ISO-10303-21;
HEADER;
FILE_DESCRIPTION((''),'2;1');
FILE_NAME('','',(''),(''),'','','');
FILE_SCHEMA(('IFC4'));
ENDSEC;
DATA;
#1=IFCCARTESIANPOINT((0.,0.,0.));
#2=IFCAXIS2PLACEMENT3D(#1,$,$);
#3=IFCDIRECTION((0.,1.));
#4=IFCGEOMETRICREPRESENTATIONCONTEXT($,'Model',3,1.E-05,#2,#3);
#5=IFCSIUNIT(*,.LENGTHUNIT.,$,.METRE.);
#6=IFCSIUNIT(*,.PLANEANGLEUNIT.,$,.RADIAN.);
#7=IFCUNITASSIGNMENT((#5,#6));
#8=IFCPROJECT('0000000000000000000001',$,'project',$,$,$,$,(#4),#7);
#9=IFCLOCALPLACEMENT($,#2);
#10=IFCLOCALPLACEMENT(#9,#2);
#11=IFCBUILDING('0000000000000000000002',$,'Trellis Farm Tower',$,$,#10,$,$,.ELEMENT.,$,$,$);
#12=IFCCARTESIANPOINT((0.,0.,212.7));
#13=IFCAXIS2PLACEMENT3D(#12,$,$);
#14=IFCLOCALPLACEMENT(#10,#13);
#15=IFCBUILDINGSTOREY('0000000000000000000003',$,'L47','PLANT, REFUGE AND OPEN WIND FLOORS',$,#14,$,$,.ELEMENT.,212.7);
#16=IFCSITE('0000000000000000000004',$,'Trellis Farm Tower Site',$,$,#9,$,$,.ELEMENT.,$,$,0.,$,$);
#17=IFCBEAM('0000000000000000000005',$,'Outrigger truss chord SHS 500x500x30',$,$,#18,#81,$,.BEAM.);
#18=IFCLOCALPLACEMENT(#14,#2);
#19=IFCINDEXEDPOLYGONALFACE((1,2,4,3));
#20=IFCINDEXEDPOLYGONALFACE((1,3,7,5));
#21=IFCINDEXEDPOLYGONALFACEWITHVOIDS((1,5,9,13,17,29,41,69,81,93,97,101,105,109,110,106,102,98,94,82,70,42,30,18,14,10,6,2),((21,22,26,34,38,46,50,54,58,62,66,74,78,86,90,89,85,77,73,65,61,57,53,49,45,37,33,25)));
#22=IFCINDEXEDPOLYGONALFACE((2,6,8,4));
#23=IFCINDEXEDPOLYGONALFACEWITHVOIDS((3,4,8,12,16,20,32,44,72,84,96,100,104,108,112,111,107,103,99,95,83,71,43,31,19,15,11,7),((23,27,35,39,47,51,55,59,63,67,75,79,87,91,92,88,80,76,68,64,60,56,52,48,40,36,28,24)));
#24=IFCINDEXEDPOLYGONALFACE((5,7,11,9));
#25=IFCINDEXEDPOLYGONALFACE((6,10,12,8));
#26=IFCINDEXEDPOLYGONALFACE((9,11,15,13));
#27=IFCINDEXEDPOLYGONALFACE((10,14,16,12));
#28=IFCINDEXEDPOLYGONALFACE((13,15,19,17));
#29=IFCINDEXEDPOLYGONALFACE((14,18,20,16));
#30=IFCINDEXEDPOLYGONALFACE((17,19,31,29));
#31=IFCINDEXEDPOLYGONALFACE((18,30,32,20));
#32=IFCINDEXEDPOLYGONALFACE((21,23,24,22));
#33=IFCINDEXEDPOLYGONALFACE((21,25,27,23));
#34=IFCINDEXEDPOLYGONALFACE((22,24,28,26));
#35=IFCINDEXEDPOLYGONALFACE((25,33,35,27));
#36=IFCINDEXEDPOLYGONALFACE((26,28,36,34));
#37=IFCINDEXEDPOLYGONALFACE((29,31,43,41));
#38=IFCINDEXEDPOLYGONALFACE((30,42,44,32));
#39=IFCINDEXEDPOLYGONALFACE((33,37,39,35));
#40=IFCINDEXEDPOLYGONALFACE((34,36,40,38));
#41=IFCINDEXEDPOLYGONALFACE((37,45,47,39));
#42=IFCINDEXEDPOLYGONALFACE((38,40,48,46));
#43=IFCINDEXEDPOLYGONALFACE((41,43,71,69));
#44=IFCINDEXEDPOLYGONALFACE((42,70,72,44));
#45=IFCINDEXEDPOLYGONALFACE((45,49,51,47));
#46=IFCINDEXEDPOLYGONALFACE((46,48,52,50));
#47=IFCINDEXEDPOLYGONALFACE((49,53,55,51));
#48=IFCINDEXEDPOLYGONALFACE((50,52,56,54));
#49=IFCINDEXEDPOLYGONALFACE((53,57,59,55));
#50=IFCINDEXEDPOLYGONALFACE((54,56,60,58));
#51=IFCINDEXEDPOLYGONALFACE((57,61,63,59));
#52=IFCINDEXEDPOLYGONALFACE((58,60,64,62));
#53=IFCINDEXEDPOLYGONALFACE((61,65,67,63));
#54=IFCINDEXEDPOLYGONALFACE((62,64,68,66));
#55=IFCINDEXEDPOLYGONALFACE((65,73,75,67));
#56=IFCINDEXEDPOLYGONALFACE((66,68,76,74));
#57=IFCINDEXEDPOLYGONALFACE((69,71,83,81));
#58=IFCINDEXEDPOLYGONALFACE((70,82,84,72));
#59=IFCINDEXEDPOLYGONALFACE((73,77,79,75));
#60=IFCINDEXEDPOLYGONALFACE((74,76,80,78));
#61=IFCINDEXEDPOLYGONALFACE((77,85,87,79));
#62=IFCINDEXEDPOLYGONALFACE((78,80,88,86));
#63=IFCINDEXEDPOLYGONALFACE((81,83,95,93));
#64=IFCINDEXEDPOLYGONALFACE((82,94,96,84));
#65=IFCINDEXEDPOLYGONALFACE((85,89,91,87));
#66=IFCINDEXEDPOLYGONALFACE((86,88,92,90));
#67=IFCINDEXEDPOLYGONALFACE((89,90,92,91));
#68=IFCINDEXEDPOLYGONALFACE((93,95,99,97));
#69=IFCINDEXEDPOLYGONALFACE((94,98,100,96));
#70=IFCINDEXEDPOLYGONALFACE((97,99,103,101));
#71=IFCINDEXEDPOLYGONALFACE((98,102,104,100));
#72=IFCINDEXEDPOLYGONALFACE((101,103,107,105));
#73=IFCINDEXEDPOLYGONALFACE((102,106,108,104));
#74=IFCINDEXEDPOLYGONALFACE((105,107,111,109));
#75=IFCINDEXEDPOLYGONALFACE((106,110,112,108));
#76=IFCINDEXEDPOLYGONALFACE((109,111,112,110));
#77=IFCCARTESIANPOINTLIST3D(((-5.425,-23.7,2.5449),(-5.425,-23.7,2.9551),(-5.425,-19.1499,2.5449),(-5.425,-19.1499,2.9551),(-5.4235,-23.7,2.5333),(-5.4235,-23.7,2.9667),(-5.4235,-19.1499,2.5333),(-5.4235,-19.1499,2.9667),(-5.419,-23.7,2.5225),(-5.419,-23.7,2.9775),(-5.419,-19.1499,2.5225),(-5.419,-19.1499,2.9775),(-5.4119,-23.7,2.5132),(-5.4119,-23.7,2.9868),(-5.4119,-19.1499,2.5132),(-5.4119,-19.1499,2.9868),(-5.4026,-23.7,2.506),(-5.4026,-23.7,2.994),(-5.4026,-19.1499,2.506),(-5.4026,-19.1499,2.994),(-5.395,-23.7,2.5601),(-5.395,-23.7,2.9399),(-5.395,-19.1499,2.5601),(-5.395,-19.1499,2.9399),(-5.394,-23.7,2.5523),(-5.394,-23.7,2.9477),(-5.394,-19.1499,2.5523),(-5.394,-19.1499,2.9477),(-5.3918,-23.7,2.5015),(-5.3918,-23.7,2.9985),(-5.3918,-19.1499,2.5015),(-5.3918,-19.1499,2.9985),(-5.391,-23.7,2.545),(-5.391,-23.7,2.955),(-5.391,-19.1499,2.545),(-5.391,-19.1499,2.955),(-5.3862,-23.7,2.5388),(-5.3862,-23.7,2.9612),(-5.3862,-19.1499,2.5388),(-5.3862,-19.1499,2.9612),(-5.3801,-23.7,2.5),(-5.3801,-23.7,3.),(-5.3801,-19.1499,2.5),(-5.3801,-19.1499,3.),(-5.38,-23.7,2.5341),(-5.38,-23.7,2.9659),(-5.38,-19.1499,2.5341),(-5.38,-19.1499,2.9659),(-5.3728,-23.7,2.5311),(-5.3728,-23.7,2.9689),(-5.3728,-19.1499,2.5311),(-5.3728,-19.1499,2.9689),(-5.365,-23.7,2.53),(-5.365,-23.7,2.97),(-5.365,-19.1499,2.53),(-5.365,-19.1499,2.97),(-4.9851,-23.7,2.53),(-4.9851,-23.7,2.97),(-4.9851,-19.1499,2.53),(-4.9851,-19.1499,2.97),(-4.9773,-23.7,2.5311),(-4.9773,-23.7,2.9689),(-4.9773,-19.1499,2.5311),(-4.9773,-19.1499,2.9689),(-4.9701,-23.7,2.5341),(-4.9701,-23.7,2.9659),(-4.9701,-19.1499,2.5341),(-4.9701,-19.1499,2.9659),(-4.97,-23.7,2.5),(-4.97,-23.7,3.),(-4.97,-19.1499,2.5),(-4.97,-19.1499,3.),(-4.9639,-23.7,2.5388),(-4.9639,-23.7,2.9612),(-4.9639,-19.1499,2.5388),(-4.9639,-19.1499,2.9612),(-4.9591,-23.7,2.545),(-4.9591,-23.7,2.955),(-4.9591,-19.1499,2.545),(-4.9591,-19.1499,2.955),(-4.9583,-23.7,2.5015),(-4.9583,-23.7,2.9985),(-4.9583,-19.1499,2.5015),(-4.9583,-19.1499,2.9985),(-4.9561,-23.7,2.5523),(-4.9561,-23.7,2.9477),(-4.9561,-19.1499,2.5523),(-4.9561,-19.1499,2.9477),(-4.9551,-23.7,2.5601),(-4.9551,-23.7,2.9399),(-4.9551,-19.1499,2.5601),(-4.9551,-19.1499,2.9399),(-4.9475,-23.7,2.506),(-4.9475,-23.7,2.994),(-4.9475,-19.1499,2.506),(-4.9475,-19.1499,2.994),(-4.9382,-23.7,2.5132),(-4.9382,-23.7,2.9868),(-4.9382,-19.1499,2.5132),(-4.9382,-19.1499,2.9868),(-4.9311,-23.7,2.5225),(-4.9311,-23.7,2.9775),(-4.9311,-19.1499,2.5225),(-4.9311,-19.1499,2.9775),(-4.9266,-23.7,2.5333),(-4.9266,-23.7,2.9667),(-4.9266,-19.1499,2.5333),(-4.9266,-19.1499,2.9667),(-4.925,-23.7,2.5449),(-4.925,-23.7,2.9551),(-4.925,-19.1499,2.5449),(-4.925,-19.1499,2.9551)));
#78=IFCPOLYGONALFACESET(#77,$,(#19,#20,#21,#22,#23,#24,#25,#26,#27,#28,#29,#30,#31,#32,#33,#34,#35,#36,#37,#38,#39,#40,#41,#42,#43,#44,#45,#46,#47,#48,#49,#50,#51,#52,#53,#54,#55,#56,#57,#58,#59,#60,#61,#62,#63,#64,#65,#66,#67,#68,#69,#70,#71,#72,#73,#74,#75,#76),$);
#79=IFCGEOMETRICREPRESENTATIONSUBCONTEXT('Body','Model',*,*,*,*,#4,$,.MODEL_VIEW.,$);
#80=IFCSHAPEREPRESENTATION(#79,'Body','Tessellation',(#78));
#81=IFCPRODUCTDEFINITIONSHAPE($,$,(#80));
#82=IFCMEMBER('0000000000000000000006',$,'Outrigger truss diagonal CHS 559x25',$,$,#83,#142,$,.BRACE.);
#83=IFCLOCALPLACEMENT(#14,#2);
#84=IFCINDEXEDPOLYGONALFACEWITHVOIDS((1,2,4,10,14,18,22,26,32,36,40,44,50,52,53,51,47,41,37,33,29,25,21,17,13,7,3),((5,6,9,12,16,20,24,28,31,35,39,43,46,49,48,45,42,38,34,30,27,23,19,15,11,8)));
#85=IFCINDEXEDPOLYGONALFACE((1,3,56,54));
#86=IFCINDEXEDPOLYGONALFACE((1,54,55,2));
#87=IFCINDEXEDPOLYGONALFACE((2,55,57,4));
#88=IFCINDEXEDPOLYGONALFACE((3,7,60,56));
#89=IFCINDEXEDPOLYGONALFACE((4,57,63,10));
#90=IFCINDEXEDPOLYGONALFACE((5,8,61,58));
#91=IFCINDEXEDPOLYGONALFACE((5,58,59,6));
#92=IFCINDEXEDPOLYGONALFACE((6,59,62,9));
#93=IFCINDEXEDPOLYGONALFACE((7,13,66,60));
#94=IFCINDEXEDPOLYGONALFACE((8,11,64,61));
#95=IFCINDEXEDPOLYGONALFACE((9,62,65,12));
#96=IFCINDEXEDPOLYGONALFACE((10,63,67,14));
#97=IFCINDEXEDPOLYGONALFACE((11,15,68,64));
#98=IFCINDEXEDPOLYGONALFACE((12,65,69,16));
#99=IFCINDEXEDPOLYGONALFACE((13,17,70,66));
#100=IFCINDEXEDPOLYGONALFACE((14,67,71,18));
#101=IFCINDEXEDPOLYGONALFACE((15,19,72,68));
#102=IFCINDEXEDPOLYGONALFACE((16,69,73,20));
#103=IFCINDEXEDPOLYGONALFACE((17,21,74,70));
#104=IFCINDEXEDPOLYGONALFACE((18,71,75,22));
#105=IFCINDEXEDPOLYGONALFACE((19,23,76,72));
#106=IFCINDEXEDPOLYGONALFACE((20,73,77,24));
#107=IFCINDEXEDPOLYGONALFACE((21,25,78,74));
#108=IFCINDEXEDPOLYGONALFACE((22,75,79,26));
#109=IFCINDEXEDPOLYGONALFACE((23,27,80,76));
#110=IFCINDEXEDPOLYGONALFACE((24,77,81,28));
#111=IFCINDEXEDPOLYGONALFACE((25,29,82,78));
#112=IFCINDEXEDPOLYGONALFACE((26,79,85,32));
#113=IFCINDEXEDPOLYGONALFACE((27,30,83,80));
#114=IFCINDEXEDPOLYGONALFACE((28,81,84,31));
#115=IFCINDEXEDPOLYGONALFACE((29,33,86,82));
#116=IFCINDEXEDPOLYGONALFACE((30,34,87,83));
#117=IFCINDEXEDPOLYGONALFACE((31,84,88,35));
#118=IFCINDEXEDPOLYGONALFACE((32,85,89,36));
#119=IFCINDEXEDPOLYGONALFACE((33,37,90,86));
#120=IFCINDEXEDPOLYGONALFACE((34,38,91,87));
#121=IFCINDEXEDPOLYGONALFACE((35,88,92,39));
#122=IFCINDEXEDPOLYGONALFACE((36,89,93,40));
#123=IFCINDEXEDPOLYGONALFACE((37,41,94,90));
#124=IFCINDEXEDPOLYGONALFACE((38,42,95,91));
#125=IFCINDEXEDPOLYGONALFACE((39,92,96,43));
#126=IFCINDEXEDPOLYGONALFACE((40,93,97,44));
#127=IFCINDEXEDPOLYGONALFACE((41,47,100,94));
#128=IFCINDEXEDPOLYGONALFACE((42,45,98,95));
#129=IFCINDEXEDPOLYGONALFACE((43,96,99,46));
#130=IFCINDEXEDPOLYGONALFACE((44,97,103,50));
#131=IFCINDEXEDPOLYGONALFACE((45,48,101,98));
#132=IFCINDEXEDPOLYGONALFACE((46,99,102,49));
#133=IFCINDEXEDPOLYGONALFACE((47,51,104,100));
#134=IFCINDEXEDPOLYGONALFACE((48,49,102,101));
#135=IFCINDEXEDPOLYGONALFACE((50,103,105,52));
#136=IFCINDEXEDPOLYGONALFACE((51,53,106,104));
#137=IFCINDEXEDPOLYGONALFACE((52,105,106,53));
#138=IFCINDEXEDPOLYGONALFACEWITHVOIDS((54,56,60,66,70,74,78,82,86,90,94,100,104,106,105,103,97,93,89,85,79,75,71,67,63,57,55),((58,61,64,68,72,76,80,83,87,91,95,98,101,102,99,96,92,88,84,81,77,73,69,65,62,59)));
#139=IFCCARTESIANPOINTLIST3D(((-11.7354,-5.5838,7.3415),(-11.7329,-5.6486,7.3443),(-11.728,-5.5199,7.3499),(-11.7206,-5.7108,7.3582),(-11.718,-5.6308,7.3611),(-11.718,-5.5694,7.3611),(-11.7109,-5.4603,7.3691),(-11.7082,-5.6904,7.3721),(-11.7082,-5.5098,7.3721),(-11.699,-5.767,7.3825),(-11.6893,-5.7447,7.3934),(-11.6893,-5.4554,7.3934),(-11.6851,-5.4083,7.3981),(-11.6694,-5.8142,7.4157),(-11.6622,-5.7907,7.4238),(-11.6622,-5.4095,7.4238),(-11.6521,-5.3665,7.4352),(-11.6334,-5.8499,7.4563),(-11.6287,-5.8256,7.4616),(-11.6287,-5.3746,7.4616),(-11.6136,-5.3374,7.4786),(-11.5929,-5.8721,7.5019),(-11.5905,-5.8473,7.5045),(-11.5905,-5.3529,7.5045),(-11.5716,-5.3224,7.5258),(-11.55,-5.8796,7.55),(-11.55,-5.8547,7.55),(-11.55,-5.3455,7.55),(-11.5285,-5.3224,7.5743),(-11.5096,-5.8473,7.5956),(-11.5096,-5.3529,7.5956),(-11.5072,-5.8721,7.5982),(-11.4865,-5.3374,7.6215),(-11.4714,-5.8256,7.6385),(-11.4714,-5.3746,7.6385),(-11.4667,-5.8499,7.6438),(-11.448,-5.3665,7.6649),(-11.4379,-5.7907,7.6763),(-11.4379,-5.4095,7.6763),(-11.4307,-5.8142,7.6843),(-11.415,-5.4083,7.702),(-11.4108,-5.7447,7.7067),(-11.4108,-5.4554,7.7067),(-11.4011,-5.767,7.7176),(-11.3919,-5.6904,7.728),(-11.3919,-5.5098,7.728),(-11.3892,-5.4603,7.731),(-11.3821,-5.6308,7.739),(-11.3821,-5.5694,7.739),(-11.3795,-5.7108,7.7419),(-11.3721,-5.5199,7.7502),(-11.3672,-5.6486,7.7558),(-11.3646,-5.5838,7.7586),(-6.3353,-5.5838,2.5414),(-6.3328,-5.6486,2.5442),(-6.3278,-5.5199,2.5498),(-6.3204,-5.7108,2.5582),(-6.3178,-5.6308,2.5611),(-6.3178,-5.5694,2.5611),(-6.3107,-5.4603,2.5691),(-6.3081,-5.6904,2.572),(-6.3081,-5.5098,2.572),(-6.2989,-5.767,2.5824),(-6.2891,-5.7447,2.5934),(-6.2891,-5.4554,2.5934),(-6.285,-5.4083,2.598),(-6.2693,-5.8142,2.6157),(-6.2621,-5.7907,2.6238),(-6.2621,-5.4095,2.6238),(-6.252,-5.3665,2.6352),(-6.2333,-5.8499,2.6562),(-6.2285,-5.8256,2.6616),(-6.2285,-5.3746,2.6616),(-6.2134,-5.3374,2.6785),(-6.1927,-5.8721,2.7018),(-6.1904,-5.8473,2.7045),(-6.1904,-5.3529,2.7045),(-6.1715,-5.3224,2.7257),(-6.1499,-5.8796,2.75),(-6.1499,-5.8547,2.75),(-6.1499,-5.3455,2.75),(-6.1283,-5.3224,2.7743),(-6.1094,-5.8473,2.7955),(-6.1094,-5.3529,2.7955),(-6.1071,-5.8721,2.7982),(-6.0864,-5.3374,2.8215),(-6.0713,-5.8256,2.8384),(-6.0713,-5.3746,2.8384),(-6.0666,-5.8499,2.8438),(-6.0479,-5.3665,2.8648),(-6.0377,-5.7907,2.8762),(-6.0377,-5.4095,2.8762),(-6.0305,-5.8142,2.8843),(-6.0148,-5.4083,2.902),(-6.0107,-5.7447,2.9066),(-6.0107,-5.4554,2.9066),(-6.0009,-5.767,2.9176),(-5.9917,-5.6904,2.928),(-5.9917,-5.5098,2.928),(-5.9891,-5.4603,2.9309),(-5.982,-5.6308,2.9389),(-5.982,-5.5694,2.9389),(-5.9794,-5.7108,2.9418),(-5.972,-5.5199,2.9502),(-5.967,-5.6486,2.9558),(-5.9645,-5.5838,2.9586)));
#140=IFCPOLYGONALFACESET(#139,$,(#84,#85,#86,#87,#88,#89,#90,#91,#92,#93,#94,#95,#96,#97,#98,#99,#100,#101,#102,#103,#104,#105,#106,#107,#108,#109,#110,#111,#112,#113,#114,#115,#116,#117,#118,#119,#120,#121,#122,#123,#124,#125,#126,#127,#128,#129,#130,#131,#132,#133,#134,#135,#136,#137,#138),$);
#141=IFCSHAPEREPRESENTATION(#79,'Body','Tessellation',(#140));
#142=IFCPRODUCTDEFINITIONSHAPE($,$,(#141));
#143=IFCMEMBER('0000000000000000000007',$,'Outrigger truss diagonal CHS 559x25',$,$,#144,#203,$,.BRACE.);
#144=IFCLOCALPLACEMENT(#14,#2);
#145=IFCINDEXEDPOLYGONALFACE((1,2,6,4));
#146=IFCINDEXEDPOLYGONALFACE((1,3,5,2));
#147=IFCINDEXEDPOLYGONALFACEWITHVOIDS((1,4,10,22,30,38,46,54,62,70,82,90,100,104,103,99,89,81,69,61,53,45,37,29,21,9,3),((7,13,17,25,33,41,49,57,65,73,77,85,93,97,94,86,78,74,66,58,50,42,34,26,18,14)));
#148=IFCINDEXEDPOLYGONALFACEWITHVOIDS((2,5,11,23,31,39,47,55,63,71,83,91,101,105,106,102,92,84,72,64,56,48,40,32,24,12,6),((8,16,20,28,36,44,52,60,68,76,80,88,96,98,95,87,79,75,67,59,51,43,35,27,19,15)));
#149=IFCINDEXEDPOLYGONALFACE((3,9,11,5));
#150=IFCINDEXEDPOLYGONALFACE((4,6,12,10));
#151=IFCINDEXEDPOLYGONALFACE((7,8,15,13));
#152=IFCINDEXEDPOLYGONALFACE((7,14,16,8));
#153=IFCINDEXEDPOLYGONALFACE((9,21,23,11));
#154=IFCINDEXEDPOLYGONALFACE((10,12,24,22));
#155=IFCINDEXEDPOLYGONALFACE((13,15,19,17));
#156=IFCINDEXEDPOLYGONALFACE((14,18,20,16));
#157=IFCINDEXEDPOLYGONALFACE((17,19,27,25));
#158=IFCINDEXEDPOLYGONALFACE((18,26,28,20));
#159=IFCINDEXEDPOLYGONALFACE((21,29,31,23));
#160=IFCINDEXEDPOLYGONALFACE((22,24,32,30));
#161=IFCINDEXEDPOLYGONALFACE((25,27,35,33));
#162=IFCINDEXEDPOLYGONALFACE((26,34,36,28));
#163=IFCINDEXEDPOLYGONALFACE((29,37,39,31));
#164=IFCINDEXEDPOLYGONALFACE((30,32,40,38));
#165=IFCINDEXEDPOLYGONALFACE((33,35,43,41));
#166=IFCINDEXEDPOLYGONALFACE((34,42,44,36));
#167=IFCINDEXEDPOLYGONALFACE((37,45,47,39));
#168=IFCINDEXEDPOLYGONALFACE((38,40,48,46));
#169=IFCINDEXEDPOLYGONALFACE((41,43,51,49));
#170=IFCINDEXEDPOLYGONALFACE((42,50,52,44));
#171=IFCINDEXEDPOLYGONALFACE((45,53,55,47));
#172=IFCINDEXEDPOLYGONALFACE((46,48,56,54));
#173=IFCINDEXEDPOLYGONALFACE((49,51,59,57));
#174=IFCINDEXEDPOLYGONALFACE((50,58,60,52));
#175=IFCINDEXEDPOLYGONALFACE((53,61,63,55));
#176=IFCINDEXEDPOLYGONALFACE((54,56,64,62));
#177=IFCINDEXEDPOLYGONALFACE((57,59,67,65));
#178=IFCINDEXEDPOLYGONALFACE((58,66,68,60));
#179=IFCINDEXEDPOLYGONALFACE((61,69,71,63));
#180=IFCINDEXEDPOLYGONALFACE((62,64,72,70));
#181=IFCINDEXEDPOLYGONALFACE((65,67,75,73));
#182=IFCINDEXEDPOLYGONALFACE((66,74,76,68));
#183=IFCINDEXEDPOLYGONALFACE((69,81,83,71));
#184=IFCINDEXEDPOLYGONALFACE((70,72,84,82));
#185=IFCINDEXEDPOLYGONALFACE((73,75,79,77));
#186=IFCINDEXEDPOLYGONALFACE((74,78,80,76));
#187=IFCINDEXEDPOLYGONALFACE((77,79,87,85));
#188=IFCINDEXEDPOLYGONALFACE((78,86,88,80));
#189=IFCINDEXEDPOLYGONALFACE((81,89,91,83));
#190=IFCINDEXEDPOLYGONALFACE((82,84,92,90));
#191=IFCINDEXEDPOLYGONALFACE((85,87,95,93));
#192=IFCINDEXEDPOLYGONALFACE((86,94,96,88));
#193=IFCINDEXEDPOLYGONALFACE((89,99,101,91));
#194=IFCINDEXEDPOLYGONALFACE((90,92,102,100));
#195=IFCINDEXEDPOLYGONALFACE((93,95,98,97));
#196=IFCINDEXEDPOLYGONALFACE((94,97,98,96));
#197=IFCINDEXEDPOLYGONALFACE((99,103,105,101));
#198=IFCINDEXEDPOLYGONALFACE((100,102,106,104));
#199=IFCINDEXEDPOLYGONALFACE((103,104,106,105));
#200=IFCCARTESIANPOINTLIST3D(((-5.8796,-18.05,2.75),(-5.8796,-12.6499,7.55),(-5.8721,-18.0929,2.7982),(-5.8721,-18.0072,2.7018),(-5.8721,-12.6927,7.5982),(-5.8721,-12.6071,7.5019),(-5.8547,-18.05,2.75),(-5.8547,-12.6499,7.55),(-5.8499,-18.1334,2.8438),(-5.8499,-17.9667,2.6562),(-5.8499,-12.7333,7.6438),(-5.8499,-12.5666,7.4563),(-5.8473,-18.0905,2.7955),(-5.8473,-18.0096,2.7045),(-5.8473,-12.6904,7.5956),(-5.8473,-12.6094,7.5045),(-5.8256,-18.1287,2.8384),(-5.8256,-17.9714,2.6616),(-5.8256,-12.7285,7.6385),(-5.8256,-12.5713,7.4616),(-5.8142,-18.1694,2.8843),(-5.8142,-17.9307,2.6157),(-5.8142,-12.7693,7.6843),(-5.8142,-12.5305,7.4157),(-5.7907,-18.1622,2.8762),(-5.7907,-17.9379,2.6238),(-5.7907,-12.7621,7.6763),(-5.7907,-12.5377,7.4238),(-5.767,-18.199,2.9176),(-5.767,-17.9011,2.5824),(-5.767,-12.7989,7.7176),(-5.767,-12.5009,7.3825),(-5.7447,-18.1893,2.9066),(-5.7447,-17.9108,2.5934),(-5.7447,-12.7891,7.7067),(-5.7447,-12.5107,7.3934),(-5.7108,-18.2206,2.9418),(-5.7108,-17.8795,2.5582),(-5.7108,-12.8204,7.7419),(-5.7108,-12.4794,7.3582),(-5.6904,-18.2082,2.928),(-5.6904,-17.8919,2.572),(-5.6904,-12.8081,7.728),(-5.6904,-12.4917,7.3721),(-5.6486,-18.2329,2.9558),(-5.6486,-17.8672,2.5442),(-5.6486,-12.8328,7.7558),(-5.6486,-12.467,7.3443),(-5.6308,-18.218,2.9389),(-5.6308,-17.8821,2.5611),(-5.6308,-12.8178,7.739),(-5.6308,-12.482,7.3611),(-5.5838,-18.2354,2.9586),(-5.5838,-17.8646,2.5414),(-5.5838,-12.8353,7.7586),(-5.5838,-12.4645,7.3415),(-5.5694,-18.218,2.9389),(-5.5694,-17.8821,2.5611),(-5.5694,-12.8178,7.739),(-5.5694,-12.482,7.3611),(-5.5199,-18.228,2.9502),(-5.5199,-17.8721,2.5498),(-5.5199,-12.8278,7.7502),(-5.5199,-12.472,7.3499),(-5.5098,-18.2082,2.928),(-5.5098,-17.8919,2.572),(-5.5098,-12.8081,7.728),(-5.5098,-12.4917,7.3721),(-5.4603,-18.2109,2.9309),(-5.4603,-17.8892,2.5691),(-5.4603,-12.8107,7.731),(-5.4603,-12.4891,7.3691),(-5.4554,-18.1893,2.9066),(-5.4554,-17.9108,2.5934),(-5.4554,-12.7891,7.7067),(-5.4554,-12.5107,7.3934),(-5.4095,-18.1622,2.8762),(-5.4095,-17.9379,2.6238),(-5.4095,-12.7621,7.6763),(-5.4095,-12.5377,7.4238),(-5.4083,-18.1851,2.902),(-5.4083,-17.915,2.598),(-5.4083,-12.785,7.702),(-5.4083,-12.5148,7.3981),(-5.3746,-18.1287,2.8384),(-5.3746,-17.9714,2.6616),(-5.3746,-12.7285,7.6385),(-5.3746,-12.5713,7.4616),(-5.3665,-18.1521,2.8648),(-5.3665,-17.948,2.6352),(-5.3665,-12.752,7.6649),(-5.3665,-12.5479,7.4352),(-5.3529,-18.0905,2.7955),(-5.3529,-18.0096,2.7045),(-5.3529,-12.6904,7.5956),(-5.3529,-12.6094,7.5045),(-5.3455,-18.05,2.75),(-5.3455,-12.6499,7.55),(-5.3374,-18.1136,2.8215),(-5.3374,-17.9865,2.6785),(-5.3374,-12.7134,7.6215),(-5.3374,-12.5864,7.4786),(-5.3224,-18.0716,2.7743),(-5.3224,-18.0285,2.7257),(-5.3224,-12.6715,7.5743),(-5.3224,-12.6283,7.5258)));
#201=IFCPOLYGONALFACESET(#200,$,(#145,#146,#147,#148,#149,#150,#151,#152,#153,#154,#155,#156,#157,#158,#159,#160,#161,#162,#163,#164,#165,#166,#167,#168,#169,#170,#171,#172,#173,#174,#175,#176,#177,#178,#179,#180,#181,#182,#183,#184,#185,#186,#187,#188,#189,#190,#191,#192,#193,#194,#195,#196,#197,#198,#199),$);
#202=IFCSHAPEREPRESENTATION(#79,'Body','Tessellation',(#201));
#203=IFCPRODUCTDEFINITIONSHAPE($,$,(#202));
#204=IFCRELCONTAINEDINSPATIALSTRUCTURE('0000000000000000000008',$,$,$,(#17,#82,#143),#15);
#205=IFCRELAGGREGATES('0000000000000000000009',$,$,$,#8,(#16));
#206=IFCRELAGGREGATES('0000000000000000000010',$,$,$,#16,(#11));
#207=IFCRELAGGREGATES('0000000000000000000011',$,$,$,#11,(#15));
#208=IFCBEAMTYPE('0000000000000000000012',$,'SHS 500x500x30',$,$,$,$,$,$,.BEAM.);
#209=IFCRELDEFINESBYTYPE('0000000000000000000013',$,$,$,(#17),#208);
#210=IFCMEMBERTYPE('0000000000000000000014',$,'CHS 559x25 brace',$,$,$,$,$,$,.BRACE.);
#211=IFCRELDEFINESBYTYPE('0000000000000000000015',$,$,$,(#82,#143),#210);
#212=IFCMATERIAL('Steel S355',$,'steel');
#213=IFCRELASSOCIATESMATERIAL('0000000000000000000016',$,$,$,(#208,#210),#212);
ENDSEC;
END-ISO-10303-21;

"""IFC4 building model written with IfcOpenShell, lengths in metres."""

from ifc_helpers import new_model, si_unit, direction, frame, origin, origin_2d, place, context, subcontext, project, spatial, hollow_rectangle, hollow_circle, extrude, source, transform, mapped, material, material_profile, profile_set, type_object, element, save


model = new_model("IFC4")

# Units and contexts
model_context = context("Model", 3, precision=1e-05, world=origin(), true_north=direction((0.0, 1.0)))
body_context = subcontext(model_context, "Body", "Model", "MODEL_VIEW")
ifc_project = project(units=[si_unit("LENGTHUNIT", "METRE"), si_unit("PLANEANGLEUNIT", "RADIAN")], contexts=[model_context])

# Site, building, storey
site_placement = place(None, origin())
site = spatial("IfcSite", under=ifc_project, at=site_placement, Name="Trellis Farm Tower Site", CompositionType="ELEMENT", RefElevation=0.0)
building_placement = place(site_placement, origin())
building = spatial("IfcBuilding", under=site, at=building_placement, Name="Trellis Farm Tower", CompositionType="ELEMENT")
storey_placement = place(building_placement, frame((0.0, 0.0, 212.7)))
storey = spatial("IfcBuildingStorey", under=building, at=storey_placement, Name="L47", Description="PLANT, REFUGE AND OPEN WIND FLOORS", CompositionType="ELEMENT", Elevation=212.7)

# Beam
ifc_material_1 = material(Name="Steel S355", Category="steel")
ifc_material_profile_1 = material_profile(ifc_material_1, hollow_rectangle(XDim=0.5, YDim=0.5, WallThickness=0.03, InnerFilletRadius=0.03, OuterFilletRadius=0.0449, at=origin_2d()), Name="SHS 500x500x30")
ifc_profile_set_1 = profile_set([ifc_material_profile_1], Name="Steel S355")
beam_type_1 = type_object("IfcBeamType", Name="SHS 500x500x30", PredefinedType="BEAM", material=ifc_profile_set_1)
shared_shape_1 = source(origin(), body_context, "Body", "SweptSolid", [
    extrude(hollow_rectangle(XDim=0.5, YDim=0.5, WallThickness=0.03, InnerFilletRadius=0.03, OuterFilletRadius=0.0449, at=origin_2d()), origin(), (0.0, 0.0, 1.0), 4.55),
])
beam_1_placement = place(storey_placement, frame((-5.175, -23.7, 2.75), z_axis=(0.0, 1.0, 0.0), x_axis=(-1.0, 0.0, 0.0)))
element("IfcBeam", 1, at=beam_1_placement, inside=storey, type_object=beam_type_1, Name="Outrigger truss chord SHS 500x500x30", PredefinedType="BEAM", context=body_context, shape_type="MappedRepresentation", body=[
    mapped(shared_shape_1, transform((0.0, 0.0, 0.0))),
])

# Members
ifc_material_profile_2 = material_profile(ifc_material_1, hollow_circle(Radius=0.2795, WallThickness=0.0249, at=origin_2d()), Name="CHS 559x25")
ifc_profile_set_2 = profile_set([ifc_material_profile_2], Name="Steel S355")
member_type_1 = type_object("IfcMemberType", Name="CHS 559x25 brace", PredefinedType="BRACE", material=ifc_profile_set_2)
shared_shape_2 = source(origin(), body_context, "Body", "SweptSolid", [
    extrude(hollow_circle(Radius=0.2795, WallThickness=0.0249, at=origin_2d()), origin(), (0.0, 0.0, 1.0), 7.2251),
])
for number, where, z_axis, x_axis, name in (
    (2, (-6.1499, -5.6001, 2.75), (-0.747415, 0.0, 0.664358), (0.0, -1.0, 0.0), "Outrigger truss diagonal CHS 559x25"),
    (3, (-5.6001, -18.05, 2.75), (0.0, 0.747415, 0.664358), (-1.0, 0.0, 0.0), "Outrigger truss diagonal CHS 559x25"),
):
    element("IfcMember", number, at=place(storey_placement, frame(where, z_axis=z_axis, x_axis=x_axis)), inside=storey, type_object=member_type_1, Name=name, PredefinedType="BRACE", context=body_context, shape_type="MappedRepresentation", body=[
        mapped(shared_shape_2, transform((0.0, 0.0, 0.0))),
    ])

save(model, "model.ifc")
